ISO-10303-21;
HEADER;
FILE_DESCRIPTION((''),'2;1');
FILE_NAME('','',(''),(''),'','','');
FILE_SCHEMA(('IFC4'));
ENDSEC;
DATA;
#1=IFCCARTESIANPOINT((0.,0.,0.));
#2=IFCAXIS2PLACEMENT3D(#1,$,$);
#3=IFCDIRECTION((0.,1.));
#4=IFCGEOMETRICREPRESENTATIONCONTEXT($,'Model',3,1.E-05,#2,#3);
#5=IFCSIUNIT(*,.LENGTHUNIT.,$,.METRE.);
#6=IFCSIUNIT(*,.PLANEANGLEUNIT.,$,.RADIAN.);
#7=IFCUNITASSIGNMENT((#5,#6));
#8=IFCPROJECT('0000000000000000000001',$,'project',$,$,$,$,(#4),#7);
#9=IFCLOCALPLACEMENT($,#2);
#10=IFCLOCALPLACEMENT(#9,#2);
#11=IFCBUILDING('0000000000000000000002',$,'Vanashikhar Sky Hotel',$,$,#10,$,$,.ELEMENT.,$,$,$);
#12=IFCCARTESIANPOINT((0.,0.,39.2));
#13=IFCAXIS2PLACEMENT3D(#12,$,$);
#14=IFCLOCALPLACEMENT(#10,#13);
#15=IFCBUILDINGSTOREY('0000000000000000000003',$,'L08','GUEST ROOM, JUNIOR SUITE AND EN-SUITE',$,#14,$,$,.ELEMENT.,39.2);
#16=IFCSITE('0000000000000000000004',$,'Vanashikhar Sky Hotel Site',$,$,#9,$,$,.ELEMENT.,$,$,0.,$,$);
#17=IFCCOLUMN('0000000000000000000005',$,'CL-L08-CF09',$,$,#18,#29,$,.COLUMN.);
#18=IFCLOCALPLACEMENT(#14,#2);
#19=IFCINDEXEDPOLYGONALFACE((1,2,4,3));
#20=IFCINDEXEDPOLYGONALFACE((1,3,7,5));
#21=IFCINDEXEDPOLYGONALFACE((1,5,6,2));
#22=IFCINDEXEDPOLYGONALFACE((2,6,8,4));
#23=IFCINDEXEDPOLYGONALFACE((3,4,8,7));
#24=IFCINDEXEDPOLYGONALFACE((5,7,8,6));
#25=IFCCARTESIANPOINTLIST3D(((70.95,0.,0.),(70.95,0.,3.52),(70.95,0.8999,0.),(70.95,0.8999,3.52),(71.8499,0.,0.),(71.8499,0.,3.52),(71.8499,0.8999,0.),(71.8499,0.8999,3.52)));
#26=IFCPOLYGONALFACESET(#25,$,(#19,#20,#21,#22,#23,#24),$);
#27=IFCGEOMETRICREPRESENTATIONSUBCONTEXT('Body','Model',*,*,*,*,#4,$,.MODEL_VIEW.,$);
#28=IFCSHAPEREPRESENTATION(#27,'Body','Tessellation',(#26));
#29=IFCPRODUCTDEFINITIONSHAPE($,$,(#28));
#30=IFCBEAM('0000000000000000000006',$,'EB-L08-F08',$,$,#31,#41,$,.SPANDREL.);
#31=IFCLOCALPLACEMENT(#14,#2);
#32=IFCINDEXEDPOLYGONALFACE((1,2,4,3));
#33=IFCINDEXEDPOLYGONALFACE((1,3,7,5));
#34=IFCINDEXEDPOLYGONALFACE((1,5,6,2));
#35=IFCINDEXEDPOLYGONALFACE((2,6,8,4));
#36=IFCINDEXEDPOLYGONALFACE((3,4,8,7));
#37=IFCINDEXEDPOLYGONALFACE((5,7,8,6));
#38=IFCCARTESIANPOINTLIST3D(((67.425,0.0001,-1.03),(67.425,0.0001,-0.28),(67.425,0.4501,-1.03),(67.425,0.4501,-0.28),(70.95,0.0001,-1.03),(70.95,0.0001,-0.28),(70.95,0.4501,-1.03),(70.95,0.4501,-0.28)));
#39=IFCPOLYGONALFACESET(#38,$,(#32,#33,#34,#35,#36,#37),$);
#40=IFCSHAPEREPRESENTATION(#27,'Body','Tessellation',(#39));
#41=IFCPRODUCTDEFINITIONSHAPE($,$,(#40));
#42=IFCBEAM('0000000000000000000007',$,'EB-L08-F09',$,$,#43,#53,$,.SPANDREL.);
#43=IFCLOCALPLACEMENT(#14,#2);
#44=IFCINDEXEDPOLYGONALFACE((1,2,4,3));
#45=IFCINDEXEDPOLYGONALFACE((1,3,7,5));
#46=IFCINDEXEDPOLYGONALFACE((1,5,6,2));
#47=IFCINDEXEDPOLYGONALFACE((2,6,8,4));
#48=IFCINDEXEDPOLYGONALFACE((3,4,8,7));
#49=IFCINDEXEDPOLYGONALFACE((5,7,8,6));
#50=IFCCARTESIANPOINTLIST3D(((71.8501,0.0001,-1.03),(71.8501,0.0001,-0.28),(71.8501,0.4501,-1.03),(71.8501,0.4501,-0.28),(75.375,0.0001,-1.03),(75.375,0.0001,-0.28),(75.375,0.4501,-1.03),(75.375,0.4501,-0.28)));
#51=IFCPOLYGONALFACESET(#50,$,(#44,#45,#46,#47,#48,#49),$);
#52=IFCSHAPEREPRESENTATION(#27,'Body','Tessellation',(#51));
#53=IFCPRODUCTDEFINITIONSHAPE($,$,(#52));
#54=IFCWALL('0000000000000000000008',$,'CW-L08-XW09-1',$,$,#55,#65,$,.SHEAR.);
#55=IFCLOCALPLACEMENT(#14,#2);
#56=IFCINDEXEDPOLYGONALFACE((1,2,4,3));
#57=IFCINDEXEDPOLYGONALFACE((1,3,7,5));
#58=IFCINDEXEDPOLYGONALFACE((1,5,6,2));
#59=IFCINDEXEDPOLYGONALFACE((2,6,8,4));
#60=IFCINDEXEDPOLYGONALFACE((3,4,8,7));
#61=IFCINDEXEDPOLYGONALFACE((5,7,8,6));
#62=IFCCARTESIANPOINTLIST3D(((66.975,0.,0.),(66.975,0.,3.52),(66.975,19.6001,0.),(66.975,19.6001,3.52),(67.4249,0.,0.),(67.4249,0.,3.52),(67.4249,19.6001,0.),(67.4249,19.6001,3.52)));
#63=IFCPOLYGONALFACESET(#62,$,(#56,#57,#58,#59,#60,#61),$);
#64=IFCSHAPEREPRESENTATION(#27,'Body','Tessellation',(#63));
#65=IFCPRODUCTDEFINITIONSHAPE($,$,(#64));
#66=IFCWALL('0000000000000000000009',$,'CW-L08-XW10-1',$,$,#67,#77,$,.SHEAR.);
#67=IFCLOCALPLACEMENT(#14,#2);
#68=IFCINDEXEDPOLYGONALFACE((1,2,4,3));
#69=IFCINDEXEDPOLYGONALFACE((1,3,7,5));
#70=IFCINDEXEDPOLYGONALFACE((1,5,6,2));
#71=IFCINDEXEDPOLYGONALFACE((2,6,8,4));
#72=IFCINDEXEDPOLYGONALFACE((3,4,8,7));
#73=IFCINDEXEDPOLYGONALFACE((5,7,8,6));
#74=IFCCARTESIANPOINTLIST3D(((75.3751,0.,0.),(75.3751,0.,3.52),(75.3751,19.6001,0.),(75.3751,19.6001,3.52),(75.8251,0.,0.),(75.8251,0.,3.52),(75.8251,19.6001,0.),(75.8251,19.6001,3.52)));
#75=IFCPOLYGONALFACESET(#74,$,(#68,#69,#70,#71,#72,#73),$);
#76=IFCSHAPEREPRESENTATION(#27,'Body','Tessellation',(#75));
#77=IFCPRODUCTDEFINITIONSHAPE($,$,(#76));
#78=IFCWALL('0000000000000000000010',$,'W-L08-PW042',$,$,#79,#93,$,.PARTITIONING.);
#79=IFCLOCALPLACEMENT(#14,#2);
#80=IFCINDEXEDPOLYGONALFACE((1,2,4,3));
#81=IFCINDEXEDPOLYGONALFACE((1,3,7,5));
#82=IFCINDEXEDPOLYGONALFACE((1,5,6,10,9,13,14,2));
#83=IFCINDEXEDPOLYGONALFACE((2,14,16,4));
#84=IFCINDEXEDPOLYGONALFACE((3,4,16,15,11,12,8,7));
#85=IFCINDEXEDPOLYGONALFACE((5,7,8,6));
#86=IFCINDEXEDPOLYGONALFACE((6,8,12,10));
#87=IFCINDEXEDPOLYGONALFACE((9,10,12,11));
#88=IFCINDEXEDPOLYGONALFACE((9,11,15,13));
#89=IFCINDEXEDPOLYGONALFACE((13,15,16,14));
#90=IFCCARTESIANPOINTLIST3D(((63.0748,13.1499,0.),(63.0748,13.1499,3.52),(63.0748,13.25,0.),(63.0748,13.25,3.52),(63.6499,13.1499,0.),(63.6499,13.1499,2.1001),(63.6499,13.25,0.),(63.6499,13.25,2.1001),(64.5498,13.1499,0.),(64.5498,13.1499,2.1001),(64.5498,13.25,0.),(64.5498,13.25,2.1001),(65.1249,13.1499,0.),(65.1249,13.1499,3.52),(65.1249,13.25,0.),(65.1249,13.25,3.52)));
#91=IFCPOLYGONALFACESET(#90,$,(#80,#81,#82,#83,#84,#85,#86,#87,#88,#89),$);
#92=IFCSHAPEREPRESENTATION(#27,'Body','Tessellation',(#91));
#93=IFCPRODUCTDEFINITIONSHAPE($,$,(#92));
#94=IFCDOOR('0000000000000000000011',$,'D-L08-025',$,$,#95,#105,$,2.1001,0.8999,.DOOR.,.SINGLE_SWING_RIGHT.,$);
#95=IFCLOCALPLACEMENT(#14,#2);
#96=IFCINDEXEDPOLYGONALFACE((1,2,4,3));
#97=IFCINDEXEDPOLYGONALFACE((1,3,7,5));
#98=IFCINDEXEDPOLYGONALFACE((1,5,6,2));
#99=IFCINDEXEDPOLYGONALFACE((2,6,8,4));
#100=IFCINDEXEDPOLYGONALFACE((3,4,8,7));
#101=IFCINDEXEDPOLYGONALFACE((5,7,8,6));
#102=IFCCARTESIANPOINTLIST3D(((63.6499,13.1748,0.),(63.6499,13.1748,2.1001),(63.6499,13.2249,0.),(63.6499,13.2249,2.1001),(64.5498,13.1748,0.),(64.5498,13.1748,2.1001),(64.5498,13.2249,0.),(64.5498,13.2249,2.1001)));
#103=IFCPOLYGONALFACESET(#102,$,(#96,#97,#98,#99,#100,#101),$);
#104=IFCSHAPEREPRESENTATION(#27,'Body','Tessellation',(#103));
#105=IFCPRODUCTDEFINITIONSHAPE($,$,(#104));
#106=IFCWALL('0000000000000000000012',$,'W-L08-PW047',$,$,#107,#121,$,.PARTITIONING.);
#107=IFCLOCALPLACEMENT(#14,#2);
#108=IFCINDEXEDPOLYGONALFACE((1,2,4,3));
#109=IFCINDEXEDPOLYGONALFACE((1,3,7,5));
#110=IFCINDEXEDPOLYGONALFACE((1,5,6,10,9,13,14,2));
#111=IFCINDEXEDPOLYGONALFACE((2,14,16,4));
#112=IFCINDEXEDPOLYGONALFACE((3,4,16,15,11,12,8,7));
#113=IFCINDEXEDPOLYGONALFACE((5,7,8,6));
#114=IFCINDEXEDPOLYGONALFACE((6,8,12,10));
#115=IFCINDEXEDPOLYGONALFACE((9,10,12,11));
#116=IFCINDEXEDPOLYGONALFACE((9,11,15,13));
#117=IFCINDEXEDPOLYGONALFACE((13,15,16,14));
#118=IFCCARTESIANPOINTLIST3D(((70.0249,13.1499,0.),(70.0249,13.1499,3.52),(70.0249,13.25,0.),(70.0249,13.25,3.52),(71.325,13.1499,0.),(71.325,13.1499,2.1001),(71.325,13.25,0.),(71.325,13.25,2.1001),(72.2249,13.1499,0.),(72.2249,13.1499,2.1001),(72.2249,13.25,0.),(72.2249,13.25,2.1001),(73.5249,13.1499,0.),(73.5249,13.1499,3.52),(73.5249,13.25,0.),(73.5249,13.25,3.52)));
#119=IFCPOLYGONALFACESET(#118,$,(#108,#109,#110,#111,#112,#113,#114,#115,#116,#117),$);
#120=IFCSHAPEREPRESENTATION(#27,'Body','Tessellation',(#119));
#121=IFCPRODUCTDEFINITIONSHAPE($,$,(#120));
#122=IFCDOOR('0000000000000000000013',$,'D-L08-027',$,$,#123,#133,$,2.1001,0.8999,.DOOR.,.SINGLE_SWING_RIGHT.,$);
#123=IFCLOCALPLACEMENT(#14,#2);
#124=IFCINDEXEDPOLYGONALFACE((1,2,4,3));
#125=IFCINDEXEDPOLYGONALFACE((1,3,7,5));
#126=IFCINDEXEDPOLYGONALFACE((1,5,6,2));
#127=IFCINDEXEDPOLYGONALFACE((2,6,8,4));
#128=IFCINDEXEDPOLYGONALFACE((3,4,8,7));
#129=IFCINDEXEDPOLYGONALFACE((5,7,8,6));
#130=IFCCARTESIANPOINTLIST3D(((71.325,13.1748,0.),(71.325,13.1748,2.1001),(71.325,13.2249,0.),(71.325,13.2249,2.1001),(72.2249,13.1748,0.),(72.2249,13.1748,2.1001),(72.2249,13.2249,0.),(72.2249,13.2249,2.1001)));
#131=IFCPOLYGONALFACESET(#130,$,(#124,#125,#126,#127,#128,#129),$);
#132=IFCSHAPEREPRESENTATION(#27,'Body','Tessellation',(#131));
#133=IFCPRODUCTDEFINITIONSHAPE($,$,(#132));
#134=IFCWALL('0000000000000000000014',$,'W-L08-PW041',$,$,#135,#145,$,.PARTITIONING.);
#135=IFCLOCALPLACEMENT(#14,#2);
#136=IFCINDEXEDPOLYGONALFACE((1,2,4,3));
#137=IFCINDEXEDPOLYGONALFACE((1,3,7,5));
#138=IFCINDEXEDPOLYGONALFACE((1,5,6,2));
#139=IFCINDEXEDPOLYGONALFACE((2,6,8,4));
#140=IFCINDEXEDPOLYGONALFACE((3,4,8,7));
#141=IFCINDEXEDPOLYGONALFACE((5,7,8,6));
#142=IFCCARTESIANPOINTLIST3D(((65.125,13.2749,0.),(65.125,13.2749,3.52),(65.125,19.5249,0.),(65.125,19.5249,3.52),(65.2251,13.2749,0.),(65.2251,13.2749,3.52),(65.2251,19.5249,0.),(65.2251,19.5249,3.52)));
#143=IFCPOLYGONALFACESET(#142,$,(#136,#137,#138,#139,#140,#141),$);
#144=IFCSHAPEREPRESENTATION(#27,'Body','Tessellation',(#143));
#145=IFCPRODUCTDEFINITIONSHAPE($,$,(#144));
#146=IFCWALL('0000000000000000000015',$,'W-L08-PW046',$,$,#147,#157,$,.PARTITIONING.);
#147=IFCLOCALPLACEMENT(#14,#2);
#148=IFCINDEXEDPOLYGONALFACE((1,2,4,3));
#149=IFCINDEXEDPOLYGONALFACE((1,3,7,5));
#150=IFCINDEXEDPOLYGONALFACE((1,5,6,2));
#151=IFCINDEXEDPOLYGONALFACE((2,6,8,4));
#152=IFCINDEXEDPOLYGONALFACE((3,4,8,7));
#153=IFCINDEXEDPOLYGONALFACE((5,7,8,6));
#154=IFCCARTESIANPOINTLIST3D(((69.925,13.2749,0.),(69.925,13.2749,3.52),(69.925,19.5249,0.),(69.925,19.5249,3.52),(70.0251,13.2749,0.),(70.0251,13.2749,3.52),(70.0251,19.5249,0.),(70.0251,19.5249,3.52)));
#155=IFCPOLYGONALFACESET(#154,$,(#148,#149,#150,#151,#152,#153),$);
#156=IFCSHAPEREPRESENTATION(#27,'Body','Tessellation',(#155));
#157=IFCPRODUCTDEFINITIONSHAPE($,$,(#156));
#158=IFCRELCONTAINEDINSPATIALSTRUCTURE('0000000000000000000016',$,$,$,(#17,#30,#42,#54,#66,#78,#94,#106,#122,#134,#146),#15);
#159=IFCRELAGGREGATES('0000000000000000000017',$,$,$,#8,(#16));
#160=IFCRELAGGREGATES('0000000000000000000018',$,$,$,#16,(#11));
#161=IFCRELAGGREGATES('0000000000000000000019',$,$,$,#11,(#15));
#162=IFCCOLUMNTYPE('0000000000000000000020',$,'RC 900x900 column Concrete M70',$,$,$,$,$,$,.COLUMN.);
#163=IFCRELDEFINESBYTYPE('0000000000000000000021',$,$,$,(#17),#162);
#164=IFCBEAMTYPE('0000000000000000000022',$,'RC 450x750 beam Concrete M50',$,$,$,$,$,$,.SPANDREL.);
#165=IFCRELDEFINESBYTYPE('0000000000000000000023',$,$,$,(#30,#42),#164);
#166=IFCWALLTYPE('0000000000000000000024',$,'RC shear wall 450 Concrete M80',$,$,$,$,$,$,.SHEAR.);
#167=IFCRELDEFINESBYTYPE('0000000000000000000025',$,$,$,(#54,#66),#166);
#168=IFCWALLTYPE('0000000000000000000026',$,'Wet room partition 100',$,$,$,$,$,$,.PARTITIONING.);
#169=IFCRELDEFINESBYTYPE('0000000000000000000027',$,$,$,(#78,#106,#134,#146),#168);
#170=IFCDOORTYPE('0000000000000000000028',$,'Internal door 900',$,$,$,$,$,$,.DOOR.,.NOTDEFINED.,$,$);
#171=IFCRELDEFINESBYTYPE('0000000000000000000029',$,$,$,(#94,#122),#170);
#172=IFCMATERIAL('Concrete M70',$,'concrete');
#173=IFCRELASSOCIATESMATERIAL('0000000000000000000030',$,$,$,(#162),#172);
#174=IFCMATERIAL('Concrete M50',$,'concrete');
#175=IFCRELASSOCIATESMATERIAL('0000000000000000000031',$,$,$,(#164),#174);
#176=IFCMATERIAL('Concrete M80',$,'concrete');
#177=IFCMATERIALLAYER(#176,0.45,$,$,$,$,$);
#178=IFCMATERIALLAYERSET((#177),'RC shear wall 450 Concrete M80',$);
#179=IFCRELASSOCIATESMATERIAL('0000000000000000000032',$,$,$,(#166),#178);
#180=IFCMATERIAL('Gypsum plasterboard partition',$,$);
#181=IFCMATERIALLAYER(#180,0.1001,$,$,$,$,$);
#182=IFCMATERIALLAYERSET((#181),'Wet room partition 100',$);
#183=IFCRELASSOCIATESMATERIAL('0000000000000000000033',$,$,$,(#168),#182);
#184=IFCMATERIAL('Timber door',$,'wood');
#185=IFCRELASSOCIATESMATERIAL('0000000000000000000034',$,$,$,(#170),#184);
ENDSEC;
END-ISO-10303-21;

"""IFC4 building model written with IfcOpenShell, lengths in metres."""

from ifc_helpers import new_model, si_unit, direction, frame, frame_2d, origin, origin_2d, place, context, subcontext, project, spatial, rectangle, extrude, source, transform, mapped, material, layer, layer_set, material_profile, profile_set, type_object, element, fill, save


model = new_model("IFC4")

# Units and contexts
model_context = context("Model", 3, precision=1e-05, world=origin(), true_north=direction((0.0, 1.0)))
body_context = subcontext(model_context, "Body", "Model", "MODEL_VIEW")
ifc_project = project(units=[si_unit("LENGTHUNIT", "METRE"), si_unit("PLANEANGLEUNIT", "RADIAN")], contexts=[model_context])

# Site, building, storey
site_placement = place(None, origin())
site = spatial("IfcSite", under=ifc_project, at=site_placement, Name="Vanashikhar Sky Hotel Site", CompositionType="ELEMENT", RefElevation=0.0)
building_placement = place(site_placement, origin())
building = spatial("IfcBuilding", under=site, at=building_placement, Name="Vanashikhar Sky Hotel", CompositionType="ELEMENT")
storey_placement = place(building_placement, frame((0.0, 0.0, 39.2)))
storey = spatial("IfcBuildingStorey", under=building, at=storey_placement, Name="L08", Description="GUEST ROOM, JUNIOR SUITE AND EN-SUITE", CompositionType="ELEMENT", Elevation=39.2)

# Column
ifc_material_1 = material(Name="Concrete M70", Category="concrete")
ifc_material_profile_1 = material_profile(ifc_material_1, rectangle(XDim=0.8999, YDim=0.8999, at=origin_2d()))
ifc_profile_set_1 = profile_set([ifc_material_profile_1], Name="RC 900x900 column Concrete M70")
column_type = type_object("IfcColumnType", Name="RC 900x900 column Concrete M70", PredefinedType="COLUMN", material=ifc_profile_set_1)
shared_shape_1 = source(origin(), body_context, "Body", "SweptSolid", [
    extrude(rectangle(XDim=0.8999, YDim=0.8999, at=origin_2d()), origin(), (0.0, 0.0, 1.0), 3.52),
])
column_placement = place(storey_placement, frame((71.3999, 0.45, 0.0), z_axis=(0.0, 0.0, 1.0), x_axis=(1.0, 0.0, 0.0)))
element("IfcColumn", 1, at=column_placement, inside=storey, type_object=column_type, Name="CL-L08-CF09", PredefinedType="COLUMN", context=body_context, shape_type="MappedRepresentation", body=[
    mapped(shared_shape_1, transform((0.0, 0.0, 0.0), scale=1.0)),
])

# Beams
ifc_material_2 = material(Name="Concrete M50", Category="concrete")
ifc_material_profile_2 = material_profile(ifc_material_2, rectangle(XDim=0.45, YDim=0.75, at=origin_2d()))
ifc_profile_set_2 = profile_set([ifc_material_profile_2], Name="RC 450x750 beam Concrete M50")
beam_type = type_object("IfcBeamType", Name="RC 450x750 beam Concrete M50", PredefinedType="SPANDREL", material=ifc_profile_set_2)
shared_shape_2 = source(origin(), body_context, "Body", "SweptSolid", [
    extrude(rectangle(XDim=0.45, YDim=0.75, at=origin_2d()), origin(), (0.0, 0.0, 1.0), 3.5249),
])
for number, where, z_axis, x_axis, name in (
    (2, (67.425, 0.2251, -0.655), (1.0, 0.0, 0.0), (0.0, 1.0, 0.0), "EB-L08-F08"),
    (3, (71.8501, 0.2251, -0.655), (1.0, 0.0, 0.0), (0.0, 1.0, 0.0), "EB-L08-F09"),
):
    element("IfcBeam", number, at=place(storey_placement, frame(where, z_axis=z_axis, x_axis=x_axis)), inside=storey, type_object=beam_type, Name=name, PredefinedType="SPANDREL", context=body_context, shape_type="MappedRepresentation", body=[
        mapped(shared_shape_2, transform((0.0, 0.0, 0.0), scale=1.0)),
    ])

# Walls
ifc_material_3 = material(Name="Concrete M80", Category="concrete")
ifc_layer_1 = layer(ifc_material_3, 0.45)
ifc_layer_set_1 = layer_set([ifc_layer_1], Name="RC shear wall 450 Concrete M80")
wall_type_1 = type_object("IfcWallType", Name="RC shear wall 450 Concrete M80", PredefinedType="SHEAR", material=ifc_layer_set_1)
shared_shape_3 = source(origin(), body_context, "Body", "SweptSolid", [
    extrude(rectangle(XDim=19.6001, YDim=0.45, at=frame_2d((9.8, 0.0))), origin(), (0.0, 0.0, 1.0), 3.52),
])
for number, where, z_axis, x_axis, name in (
    (4, (67.2, 0.0, 0.0), (0.0, 0.0, 1.0), (0.0, 1.0, 0.0), "CW-L08-XW09-1"),
    (5, (75.6001, 0.0, 0.0), (0.0, 0.0, 1.0), (0.0, 1.0, 0.0), "CW-L08-XW10-1"),
):
    element("IfcWall", number, at=place(storey_placement, frame(where, z_axis=z_axis, x_axis=x_axis)), inside=storey, type_object=wall_type_1, Name=name, PredefinedType="SHEAR", context=body_context, shape_type="MappedRepresentation", body=[
        mapped(shared_shape_3, transform((0.0, 0.0, 0.0), scale=1.0)),
    ])

# Walls, openings, doors
ifc_material_4 = material(Name="Gypsum plasterboard partition")
ifc_layer_2 = layer(ifc_material_4, 0.1001)
ifc_layer_set_2 = layer_set([ifc_layer_2], Name="Wet room partition 100")
wall_type_2 = type_object("IfcWallType", Name="Wet room partition 100", PredefinedType="PARTITIONING", material=ifc_layer_set_2)
shared_shape_4 = source(origin(), body_context, "Body", "SweptSolid", [
    extrude(rectangle(XDim=2.05, YDim=0.1001, at=frame_2d((1.0249, 0.0))), origin(), (0.0, 0.0, 1.0), 3.52),
])
wall_1_placement = place(storey_placement, frame((63.075, 13.2, 0.0), z_axis=(0.0, 0.0, 1.0), x_axis=(1.0, 0.0, 0.0)))
wall_1 = element("IfcWall", 6, at=wall_1_placement, inside=storey, type_object=wall_type_2, Name="W-L08-PW042", PredefinedType="PARTITIONING", context=body_context, shape_type="MappedRepresentation", body=[
    mapped(shared_shape_4, transform((0.0, 0.0, 0.0), scale=1.0)),
])
shared_shape_5 = source(origin(), body_context, "Body", "SweptSolid", [
    extrude(rectangle(XDim=0.8999, YDim=2.1001, at=frame_2d((0.45, 1.05))), frame((0.0, 0.0601, 0.0), z_axis=(0.0, -1.0, 0.0), x_axis=(1.0, 0.0, 0.0)), (0.0, 0.0, 1.0), 0.1201),
])
opening_1_placement = place(wall_1_placement, frame((0.575, 0.0, 0.0)))
opening_1 = element("IfcOpeningElement", 7, at=opening_1_placement, cuts=wall_1, PredefinedType="OPENING", context=body_context, shape_type="MappedRepresentation", body=[
    mapped(shared_shape_5, transform((0.0, 0.0, 0.0), scale=1.0)),
])
ifc_material_5 = material(Name="Timber door", Category="wood")
door_type_1 = type_object("IfcDoorType", Name="Internal door 900", OperationType="NOTDEFINED", PredefinedType="DOOR", material=ifc_material_5)
shared_shape_6 = source(origin(), body_context, "Body", "SweptSolid", [
    extrude(rectangle(XDim=0.8999, YDim=2.1001, at=frame_2d((0.45, 1.05))), frame((0.0, 0.0249, 0.0), z_axis=(0.0, -1.0, 0.0), x_axis=(1.0, 0.0, 0.0)), (0.0, 0.0, 1.0), 0.05),
])
door_1_placement = place(opening_1_placement, origin())
door_1 = element("IfcDoor", 8, at=door_1_placement, inside=storey, type_object=door_type_1, Name="D-L08-025", OperationType="SINGLE_SWING_RIGHT", OverallHeight=2.1001, OverallWidth=0.8999, PredefinedType="DOOR", context=body_context, shape_type="MappedRepresentation", body=[
    mapped(shared_shape_6, transform((0.0, 0.0, 0.0), scale=1.0)),
])
fill(opening_1, door_1)
shared_shape_7 = source(origin(), body_context, "Body", "SweptSolid", [
    extrude(rectangle(XDim=3.5, YDim=0.1001, at=frame_2d((1.75, 0.0))), origin(), (0.0, 0.0, 1.0), 3.52),
])
wall_2_placement = place(storey_placement, frame((70.0249, 13.2, 0.0), z_axis=(0.0, 0.0, 1.0), x_axis=(1.0, 0.0, 0.0)))
wall_2 = element("IfcWall", 9, at=wall_2_placement, inside=storey, type_object=wall_type_2, Name="W-L08-PW047", PredefinedType="PARTITIONING", context=body_context, shape_type="MappedRepresentation", body=[
    mapped(shared_shape_7, transform((0.0, 0.0, 0.0), scale=1.0)),
])
opening_2_placement = place(wall_2_placement, frame((1.3, 0.0, 0.0)))
opening_2 = element("IfcOpeningElement", 10, at=opening_2_placement, cuts=wall_2, PredefinedType="OPENING", context=body_context, shape_type="MappedRepresentation", body=[
    mapped(shared_shape_5, transform((0.0, 0.0, 0.0), scale=1.0)),
])
door_2_placement = place(opening_2_placement, origin())
door_2 = element("IfcDoor", 11, at=door_2_placement, inside=storey, type_object=door_type_1, Name="D-L08-027", OperationType="SINGLE_SWING_RIGHT", OverallHeight=2.1001, OverallWidth=0.8999, PredefinedType="DOOR", context=body_context, shape_type="MappedRepresentation", body=[
    mapped(shared_shape_6, transform((0.0, 0.0, 0.0), scale=1.0)),
])
fill(opening_2, door_2)

# Walls
shared_shape_8 = source(origin(), body_context, "Body", "SweptSolid", [
    extrude(rectangle(XDim=6.25, YDim=0.1001, at=frame_2d((3.125, 0.0))), origin(), (0.0, 0.0, 1.0), 3.52),
])
for number, where, z_axis, x_axis, name in (
    (12, (65.175, 13.2749, 0.0), (0.0, 0.0, 1.0), (0.0, 1.0, 0.0), "W-L08-PW041"),
    (13, (69.9751, 13.2749, 0.0), (0.0, 0.0, 1.0), (0.0, 1.0, 0.0), "W-L08-PW046"),
):
    element("IfcWall", number, at=place(storey_placement, frame(where, z_axis=z_axis, x_axis=x_axis)), inside=storey, type_object=wall_type_2, Name=name, PredefinedType="PARTITIONING", context=body_context, shape_type="MappedRepresentation", body=[
        mapped(shared_shape_8, transform((0.0, 0.0, 0.0), scale=1.0)),
    ])

save(model, "model.ifc")
